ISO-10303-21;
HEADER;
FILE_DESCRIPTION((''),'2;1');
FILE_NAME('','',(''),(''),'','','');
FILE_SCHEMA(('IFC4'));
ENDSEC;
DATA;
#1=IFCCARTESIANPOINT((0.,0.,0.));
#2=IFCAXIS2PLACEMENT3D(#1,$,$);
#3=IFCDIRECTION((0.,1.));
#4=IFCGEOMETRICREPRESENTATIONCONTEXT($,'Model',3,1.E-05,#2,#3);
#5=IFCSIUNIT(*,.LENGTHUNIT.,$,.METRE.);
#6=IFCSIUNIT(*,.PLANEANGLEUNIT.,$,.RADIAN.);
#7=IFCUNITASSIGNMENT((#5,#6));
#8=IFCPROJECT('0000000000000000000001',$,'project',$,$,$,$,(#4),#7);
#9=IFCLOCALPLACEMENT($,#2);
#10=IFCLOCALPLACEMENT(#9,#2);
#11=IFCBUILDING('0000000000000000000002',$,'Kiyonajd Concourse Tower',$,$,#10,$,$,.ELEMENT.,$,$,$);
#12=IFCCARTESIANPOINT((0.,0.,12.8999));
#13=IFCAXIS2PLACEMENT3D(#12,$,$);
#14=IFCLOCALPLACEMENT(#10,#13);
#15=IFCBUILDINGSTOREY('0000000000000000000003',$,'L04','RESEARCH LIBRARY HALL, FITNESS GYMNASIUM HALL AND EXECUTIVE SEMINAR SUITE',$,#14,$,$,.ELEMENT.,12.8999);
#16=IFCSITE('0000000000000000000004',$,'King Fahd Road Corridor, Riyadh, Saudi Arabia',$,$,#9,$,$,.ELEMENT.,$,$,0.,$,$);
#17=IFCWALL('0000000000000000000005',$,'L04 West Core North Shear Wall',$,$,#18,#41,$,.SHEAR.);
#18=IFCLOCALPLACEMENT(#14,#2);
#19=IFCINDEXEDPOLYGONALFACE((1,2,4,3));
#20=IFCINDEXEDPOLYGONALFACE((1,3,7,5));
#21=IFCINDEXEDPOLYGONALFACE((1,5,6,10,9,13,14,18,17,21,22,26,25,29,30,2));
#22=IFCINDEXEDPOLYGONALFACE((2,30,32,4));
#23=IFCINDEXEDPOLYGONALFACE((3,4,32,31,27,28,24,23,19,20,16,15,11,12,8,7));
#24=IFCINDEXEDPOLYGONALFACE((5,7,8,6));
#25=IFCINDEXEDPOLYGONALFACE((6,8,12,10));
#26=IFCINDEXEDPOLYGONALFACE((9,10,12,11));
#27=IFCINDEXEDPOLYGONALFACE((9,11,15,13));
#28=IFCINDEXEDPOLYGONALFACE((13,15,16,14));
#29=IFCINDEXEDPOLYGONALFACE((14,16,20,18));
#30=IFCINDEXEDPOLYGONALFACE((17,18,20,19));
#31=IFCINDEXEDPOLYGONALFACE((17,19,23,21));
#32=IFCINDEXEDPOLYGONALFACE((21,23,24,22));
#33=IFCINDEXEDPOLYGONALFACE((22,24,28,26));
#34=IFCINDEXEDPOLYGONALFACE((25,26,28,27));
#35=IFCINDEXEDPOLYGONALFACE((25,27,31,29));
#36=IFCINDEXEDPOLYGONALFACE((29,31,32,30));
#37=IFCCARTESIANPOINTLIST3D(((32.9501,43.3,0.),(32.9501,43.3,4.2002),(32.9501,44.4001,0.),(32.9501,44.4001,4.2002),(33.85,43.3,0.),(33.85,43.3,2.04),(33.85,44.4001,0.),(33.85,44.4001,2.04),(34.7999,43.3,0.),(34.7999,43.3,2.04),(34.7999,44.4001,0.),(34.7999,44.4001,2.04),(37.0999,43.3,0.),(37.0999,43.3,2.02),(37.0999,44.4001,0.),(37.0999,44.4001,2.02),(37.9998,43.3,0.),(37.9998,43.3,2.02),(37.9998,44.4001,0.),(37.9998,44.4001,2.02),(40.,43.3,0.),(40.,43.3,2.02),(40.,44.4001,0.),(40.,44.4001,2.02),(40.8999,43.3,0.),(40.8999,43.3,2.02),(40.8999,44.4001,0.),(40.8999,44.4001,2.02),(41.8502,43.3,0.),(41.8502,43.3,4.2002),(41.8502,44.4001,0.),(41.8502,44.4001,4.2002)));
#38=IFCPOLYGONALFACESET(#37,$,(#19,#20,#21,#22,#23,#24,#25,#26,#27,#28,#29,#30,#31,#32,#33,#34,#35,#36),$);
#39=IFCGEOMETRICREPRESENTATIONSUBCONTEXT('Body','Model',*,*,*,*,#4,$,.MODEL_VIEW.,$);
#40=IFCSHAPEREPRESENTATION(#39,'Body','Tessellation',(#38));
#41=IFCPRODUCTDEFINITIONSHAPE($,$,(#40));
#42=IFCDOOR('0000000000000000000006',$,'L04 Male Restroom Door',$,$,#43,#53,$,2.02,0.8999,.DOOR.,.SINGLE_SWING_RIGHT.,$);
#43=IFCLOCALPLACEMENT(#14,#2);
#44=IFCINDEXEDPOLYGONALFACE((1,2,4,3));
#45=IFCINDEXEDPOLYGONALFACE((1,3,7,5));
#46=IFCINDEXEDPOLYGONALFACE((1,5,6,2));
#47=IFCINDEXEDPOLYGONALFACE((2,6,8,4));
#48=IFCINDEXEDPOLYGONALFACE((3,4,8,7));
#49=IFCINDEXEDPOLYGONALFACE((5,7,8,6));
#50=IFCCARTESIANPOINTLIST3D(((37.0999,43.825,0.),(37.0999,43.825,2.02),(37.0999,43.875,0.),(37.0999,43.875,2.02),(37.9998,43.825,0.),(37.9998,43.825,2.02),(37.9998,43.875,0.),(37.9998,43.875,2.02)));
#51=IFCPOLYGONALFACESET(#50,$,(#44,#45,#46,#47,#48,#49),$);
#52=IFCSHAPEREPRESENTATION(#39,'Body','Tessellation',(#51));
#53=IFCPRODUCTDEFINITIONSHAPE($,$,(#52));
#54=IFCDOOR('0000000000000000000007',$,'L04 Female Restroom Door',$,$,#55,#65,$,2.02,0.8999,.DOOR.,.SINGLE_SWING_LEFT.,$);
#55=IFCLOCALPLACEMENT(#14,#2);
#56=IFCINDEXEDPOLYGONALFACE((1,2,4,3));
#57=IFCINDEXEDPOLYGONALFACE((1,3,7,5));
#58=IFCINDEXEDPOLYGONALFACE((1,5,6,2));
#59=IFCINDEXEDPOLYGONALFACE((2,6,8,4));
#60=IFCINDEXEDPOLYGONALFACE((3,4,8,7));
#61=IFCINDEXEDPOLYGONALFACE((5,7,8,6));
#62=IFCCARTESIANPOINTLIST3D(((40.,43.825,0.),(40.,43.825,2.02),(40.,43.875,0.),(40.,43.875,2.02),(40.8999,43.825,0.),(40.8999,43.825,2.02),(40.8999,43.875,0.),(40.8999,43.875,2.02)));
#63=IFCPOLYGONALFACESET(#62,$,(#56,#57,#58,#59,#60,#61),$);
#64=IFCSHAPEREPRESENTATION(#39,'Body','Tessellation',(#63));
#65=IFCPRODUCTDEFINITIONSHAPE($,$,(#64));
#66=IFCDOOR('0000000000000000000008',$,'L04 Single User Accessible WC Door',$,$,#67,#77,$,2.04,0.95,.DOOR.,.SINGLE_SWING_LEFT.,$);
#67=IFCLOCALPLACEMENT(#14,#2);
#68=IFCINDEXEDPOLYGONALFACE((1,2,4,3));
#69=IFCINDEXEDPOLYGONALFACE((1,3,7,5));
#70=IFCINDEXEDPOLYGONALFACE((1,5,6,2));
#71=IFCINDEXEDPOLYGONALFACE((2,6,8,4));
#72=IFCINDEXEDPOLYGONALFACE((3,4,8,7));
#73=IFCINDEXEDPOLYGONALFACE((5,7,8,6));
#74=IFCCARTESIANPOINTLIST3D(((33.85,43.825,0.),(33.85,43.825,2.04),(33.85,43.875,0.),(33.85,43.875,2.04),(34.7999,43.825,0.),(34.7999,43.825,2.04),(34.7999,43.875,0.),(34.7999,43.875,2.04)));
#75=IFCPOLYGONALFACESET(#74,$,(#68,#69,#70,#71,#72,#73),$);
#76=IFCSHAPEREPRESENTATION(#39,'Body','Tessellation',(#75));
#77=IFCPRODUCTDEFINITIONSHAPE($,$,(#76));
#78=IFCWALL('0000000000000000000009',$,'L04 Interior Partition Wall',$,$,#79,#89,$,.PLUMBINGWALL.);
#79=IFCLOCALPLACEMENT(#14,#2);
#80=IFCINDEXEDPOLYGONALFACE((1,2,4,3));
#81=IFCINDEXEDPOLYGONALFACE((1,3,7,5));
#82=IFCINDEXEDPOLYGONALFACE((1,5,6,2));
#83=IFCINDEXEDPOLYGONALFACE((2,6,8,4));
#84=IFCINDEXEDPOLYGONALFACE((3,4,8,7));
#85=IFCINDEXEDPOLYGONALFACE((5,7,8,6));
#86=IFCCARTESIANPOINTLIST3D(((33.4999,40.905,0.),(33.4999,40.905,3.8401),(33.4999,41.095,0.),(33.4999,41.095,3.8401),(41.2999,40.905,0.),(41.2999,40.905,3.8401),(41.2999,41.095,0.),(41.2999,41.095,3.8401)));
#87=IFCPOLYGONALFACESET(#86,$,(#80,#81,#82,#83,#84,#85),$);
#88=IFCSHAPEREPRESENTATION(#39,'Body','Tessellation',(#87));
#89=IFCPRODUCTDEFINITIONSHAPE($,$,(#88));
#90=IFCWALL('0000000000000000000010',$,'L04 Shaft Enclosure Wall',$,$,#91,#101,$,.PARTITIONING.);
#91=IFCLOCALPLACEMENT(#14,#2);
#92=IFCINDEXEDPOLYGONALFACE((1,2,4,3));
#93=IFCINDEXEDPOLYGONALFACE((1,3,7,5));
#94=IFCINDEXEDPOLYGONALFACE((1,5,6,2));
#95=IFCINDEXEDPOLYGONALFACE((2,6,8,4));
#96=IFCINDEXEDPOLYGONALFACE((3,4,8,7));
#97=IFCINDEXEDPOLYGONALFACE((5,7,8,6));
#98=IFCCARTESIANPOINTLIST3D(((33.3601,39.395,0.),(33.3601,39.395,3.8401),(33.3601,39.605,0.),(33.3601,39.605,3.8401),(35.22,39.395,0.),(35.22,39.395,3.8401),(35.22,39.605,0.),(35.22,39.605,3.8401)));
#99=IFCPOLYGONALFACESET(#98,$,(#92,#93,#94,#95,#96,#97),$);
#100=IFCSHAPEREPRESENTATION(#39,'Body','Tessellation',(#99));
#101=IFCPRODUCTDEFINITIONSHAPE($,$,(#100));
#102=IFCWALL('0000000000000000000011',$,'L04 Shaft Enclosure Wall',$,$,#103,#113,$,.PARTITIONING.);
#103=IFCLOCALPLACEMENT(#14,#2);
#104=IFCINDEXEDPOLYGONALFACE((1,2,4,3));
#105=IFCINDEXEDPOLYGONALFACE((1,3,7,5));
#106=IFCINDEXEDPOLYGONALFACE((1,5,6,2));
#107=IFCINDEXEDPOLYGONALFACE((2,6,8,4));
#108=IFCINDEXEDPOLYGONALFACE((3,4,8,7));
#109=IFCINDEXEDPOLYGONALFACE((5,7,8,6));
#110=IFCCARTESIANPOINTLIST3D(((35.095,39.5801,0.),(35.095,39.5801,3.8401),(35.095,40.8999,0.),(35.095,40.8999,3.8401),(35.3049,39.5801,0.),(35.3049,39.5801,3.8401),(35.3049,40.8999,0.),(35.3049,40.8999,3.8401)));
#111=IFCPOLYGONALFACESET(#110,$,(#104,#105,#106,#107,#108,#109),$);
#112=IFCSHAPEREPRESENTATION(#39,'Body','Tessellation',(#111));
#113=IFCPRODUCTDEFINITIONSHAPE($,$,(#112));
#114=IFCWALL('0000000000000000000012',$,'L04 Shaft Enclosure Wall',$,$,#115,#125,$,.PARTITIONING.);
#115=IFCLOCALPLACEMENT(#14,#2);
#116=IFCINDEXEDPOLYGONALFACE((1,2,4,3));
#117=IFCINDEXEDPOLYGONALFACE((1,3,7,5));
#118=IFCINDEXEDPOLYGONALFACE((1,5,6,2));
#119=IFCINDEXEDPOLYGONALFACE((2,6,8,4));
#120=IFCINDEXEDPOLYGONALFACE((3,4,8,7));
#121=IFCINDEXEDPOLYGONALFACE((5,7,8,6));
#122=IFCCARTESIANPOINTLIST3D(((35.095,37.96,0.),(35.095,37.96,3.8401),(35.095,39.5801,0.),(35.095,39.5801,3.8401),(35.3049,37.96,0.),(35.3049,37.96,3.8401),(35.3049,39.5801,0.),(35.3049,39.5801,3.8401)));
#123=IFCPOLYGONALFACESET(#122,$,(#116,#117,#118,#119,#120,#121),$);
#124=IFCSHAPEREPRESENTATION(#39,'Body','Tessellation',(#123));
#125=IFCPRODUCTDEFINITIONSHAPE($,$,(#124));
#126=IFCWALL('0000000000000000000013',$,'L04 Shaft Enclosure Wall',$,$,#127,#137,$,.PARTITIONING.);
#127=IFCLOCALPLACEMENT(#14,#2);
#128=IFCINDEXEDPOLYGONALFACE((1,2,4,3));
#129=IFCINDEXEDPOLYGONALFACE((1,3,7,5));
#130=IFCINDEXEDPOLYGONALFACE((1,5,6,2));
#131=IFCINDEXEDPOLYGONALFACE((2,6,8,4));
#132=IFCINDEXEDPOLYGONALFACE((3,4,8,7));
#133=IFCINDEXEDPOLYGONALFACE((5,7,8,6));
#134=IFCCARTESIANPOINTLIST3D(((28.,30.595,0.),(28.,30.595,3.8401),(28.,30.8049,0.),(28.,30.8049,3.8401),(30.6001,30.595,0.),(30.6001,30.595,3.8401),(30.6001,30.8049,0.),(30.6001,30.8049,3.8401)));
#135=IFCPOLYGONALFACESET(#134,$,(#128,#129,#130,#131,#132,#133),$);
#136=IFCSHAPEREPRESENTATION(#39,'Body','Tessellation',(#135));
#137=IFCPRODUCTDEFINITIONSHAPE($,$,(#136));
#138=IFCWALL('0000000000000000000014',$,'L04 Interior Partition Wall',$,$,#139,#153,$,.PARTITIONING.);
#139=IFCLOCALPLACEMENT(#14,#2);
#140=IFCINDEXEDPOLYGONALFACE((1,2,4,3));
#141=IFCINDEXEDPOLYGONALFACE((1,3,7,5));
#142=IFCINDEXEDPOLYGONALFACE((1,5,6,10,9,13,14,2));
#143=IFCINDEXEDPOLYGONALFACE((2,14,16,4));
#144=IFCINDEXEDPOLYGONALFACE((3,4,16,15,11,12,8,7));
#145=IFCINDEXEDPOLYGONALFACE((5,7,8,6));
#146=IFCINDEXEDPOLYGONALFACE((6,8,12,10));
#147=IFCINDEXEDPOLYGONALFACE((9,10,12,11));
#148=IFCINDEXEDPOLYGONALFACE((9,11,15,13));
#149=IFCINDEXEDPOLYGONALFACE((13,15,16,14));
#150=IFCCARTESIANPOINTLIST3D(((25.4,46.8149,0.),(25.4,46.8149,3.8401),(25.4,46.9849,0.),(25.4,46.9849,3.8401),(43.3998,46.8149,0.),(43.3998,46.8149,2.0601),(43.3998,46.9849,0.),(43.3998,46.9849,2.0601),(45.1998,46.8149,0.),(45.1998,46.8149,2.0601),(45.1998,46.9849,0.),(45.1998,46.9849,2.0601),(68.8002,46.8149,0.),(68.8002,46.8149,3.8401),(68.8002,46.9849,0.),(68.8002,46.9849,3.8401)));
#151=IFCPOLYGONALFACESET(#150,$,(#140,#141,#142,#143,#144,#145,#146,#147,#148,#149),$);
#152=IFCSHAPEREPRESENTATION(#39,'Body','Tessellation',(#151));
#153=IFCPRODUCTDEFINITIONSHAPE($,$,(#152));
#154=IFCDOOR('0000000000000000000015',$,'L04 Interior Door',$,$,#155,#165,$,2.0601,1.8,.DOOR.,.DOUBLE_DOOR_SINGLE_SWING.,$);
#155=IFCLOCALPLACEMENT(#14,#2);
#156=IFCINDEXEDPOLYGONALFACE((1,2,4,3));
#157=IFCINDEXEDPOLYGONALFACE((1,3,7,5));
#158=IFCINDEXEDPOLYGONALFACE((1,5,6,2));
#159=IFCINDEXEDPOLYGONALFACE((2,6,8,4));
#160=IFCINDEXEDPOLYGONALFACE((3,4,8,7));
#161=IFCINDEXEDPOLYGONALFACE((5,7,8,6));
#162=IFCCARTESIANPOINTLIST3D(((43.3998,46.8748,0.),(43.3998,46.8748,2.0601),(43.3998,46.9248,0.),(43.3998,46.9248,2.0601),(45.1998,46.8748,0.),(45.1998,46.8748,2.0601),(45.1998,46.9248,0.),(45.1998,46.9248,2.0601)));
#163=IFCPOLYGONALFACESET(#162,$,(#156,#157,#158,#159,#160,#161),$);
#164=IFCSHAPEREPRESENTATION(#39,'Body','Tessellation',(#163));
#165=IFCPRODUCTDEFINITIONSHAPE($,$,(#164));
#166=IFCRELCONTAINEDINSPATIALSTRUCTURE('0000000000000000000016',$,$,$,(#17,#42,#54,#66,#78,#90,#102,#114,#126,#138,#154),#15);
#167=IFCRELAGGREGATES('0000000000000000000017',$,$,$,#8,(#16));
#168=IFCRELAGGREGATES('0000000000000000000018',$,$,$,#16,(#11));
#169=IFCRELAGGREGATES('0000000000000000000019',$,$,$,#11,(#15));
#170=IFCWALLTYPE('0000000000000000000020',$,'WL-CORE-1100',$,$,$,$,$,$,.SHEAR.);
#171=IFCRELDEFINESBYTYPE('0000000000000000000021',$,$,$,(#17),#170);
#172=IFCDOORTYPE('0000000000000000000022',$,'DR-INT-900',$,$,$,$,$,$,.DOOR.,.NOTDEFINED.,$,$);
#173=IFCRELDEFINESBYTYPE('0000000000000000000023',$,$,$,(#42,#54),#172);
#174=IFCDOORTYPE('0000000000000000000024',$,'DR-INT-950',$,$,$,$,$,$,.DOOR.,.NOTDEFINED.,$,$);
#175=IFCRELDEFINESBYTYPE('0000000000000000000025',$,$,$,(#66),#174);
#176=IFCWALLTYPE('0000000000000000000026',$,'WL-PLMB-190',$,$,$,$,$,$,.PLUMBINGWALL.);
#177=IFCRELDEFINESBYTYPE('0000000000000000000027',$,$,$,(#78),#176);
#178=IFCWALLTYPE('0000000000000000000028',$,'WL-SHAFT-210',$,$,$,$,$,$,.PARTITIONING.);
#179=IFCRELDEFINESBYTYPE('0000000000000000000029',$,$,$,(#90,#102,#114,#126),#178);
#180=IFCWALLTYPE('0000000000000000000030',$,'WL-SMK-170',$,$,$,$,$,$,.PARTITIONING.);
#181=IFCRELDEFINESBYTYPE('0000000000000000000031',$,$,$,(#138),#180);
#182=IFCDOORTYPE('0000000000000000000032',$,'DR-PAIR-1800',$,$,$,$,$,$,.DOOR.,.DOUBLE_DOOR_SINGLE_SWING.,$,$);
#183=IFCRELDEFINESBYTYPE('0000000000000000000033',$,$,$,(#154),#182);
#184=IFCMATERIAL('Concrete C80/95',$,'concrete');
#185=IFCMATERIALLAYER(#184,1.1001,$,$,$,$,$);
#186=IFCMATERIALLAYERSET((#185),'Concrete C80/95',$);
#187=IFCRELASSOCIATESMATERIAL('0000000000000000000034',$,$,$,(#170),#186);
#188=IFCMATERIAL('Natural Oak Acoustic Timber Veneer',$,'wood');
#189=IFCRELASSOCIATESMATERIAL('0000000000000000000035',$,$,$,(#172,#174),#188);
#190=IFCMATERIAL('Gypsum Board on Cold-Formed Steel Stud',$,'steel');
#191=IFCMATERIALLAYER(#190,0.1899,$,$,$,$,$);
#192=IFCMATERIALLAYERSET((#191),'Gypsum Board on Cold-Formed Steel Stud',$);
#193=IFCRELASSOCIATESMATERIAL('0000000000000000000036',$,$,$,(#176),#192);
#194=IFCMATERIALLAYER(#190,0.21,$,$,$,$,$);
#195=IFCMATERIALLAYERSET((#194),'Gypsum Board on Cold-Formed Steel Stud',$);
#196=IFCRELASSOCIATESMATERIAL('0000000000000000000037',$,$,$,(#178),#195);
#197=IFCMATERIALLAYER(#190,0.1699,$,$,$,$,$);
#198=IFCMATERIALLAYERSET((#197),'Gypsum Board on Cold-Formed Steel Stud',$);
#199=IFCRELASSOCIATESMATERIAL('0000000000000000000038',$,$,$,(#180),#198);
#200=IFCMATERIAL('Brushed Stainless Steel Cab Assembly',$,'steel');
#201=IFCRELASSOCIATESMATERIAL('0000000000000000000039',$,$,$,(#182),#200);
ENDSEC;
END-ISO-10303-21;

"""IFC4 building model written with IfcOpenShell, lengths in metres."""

from ifc_helpers import new_model, si_unit, direction, frame, frame_2d, origin, place, context, subcontext, project, spatial, rectangle, extrude, material, layer, layer_set, type_object, element, fill, save


model = new_model("IFC4")

# Units and contexts
model_context = context("Model", 3, precision=1e-05, world=origin(), true_north=direction((0.0, 1.0)))
body_context = subcontext(model_context, "Body", "Model", "MODEL_VIEW")
ifc_project = project(units=[si_unit("LENGTHUNIT", "METRE"), si_unit("PLANEANGLEUNIT", "RADIAN")], contexts=[model_context])

# Site, building, storey
site_placement = place(None, origin())
site = spatial("IfcSite", under=ifc_project, at=site_placement, Name="King Fahd Road Corridor, Riyadh, Saudi Arabia", CompositionType="ELEMENT", RefElevation=0.0)
building_placement = place(site_placement, origin())
building = spatial("IfcBuilding", under=site, at=building_placement, Name="Kiyonajd Concourse Tower", CompositionType="ELEMENT")
storey_placement = place(building_placement, frame((0.0, 0.0, 12.8999)))
storey = spatial("IfcBuildingStorey", under=building, at=storey_placement, Name="L04", Description="RESEARCH LIBRARY HALL, FITNESS GYMNASIUM HALL AND EXECUTIVE SEMINAR SUITE", CompositionType="ELEMENT", Elevation=12.8999)

# Shared definitions
ifc_material_1 = material(Name="Concrete C80/95", Category="concrete")

# Wall, openings, doors
ifc_layer_1 = layer(ifc_material_1, 1.1001)
ifc_layer_set_1 = layer_set([ifc_layer_1], Name="Concrete C80/95")
wall_type_1 = type_object("IfcWallType", Name="WL-CORE-1100", PredefinedType="SHEAR", material=ifc_layer_set_1)
wall_1_placement = place(storey_placement, frame((32.95, 43.8501, 0.0), z_axis=(0.0, 0.0, 1.0), x_axis=(1.0, 0.0, 0.0)))
wall_1 = element("IfcWall", 1, at=wall_1_placement, inside=storey, type_object=wall_type_1, Name="L04 West Core North Shear Wall", PredefinedType="SHEAR", context=body_context, shape_type="SweptSolid", body=[
    extrude(rectangle(XDim=8.9001, YDim=1.1001, at=frame_2d((4.4502, 0.0))), origin(), (0.0, 0.0, 1.0), 4.2002),
])
opening_1_placement = place(wall_1_placement, frame((0.8999, 0.0, 0.0)))
opening_1 = element("IfcOpeningElement", 2, at=opening_1_placement, cuts=wall_1, PredefinedType="OPENING", context=body_context, shape_type="SweptSolid", body=[
    extrude(rectangle(XDim=0.95, YDim=2.04, at=frame_2d((0.4751, 1.02))), frame((0.0, 0.5601, 0.0), z_axis=(0.0, -1.0, 0.0), x_axis=(1.0, 0.0, 0.0)), (0.0, 0.0, 1.0), 1.1201),
])
opening_2_placement = place(wall_1_placement, frame((4.1499, 0.0, 0.0)))
opening_2 = element("IfcOpeningElement", 3, at=opening_2_placement, cuts=wall_1, PredefinedType="OPENING", context=body_context, shape_type="SweptSolid", body=[
    extrude(rectangle(XDim=0.8999, YDim=2.02, at=frame_2d((0.45, 1.01))), frame((0.0, 0.5601, 0.0), z_axis=(0.0, -1.0, 0.0), x_axis=(1.0, 0.0, 0.0)), (0.0, 0.0, 1.0), 1.1201),
])
opening_3_placement = place(wall_1_placement, frame((7.05, 0.0, 0.0)))
opening_3 = element("IfcOpeningElement", 4, at=opening_3_placement, cuts=wall_1, PredefinedType="OPENING", context=body_context, shape_type="SweptSolid", body=[
    extrude(rectangle(XDim=0.8999, YDim=2.02, at=frame_2d((0.45, 1.01))), frame((0.0, 0.5601, 0.0), z_axis=(0.0, -1.0, 0.0), x_axis=(1.0, 0.0, 0.0)), (0.0, 0.0, 1.0), 1.1201),
])
ifc_material_2 = material(Name="Natural Oak Acoustic Timber Veneer", Category="wood")
door_type_1 = type_object("IfcDoorType", Name="DR-INT-900", OperationType="NOTDEFINED", PredefinedType="DOOR", material=ifc_material_2)
door_1_placement = place(opening_2_placement, origin())
door_1 = element("IfcDoor", 5, at=door_1_placement, inside=storey, type_object=door_type_1, Name="L04 Male Restroom Door", OperationType="SINGLE_SWING_RIGHT", OverallHeight=2.02, OverallWidth=0.8999, PredefinedType="DOOR", context=body_context, shape_type="SweptSolid", body=[
    extrude(rectangle(XDim=0.8999, YDim=2.02, at=frame_2d((0.45, 1.01))), frame((0.0, 0.0249, 0.0), z_axis=(0.0, -1.0, 0.0), x_axis=(1.0, 0.0, 0.0)), (0.0, 0.0, 1.0), 0.05),
])
fill(opening_2, door_1)
door_2_placement = place(opening_3_placement, origin())
door_2 = element("IfcDoor", 6, at=door_2_placement, inside=storey, type_object=door_type_1, Name="L04 Female Restroom Door", OperationType="SINGLE_SWING_LEFT", OverallHeight=2.02, OverallWidth=0.8999, PredefinedType="DOOR", context=body_context, shape_type="SweptSolid", body=[
    extrude(rectangle(XDim=0.8999, YDim=2.02, at=frame_2d((0.45, 1.01))), frame((0.0, 0.0249, 0.0), z_axis=(0.0, -1.0, 0.0), x_axis=(1.0, 0.0, 0.0)), (0.0, 0.0, 1.0), 0.05),
])
fill(opening_3, door_2)
door_type_2 = type_object("IfcDoorType", Name="DR-INT-950", OperationType="NOTDEFINED", PredefinedType="DOOR", material=ifc_material_2)
door_3_placement = place(opening_1_placement, origin())
door_3 = element("IfcDoor", 7, at=door_3_placement, inside=storey, type_object=door_type_2, Name="L04 Single User Accessible WC Door", OperationType="SINGLE_SWING_LEFT", OverallHeight=2.04, OverallWidth=0.95, PredefinedType="DOOR", context=body_context, shape_type="SweptSolid", body=[
    extrude(rectangle(XDim=0.95, YDim=2.04, at=frame_2d((0.4751, 1.02))), frame((0.0, 0.0249, 0.0), z_axis=(0.0, -1.0, 0.0), x_axis=(1.0, 0.0, 0.0)), (0.0, 0.0, 1.0), 0.05),
])
fill(opening_1, door_3)

# Walls
ifc_material_3 = material(Name="Gypsum Board on Cold-Formed Steel Stud", Category="steel")
ifc_layer_2 = layer(ifc_material_3, 0.1899)
ifc_layer_set_2 = layer_set([ifc_layer_2], Name="Gypsum Board on Cold-Formed Steel Stud")
wall_type_2 = type_object("IfcWallType", Name="WL-PLMB-190", PredefinedType="PLUMBINGWALL", material=ifc_layer_set_2)
wall_2_placement = place(storey_placement, frame((33.5, 41.0, 0.0), z_axis=(0.0, 0.0, 1.0), x_axis=(1.0, 0.0, 0.0)))
element("IfcWall", 8, at=wall_2_placement, inside=storey, type_object=wall_type_2, Name="L04 Interior Partition Wall", PredefinedType="PLUMBINGWALL", context=body_context, shape_type="SweptSolid", body=[
    extrude(rectangle(XDim=7.8, YDim=0.1899, at=frame_2d((3.8999, 0.0))), origin(), (0.0, 0.0, 1.0), 3.8401),
])
ifc_layer_3 = layer(ifc_material_3, 0.21)
ifc_layer_set_3 = layer_set([ifc_layer_3], Name="Gypsum Board on Cold-Formed Steel Stud")
wall_type_3 = type_object("IfcWallType", Name="WL-SHAFT-210", PredefinedType="PARTITIONING", material=ifc_layer_set_3)
wall_3_placement = place(storey_placement, frame((33.3601, 39.5, 0.0), z_axis=(0.0, 0.0, 1.0), x_axis=(1.0, 0.0, 0.0)))
element("IfcWall", 9, at=wall_3_placement, inside=storey, type_object=wall_type_3, Name="L04 Shaft Enclosure Wall", PredefinedType="PARTITIONING", context=body_context, shape_type="SweptSolid", body=[
    extrude(rectangle(XDim=1.8599, YDim=0.21, at=frame_2d((0.9299, 0.0))), origin(), (0.0, 0.0, 1.0), 3.8401),
])
wall_4_placement = place(storey_placement, frame((35.2, 39.5801, 0.0), z_axis=(0.0, 0.0, 1.0), x_axis=(0.0, 1.0, 0.0)))
element("IfcWall", 10, at=wall_4_placement, inside=storey, type_object=wall_type_3, Name="L04 Shaft Enclosure Wall", PredefinedType="PARTITIONING", context=body_context, shape_type="SweptSolid", body=[
    extrude(rectangle(XDim=1.3198, YDim=0.21, at=frame_2d((0.6599, 0.0))), origin(), (0.0, 0.0, 1.0), 3.8401),
])
wall_5_placement = place(storey_placement, frame((35.2, 37.96, 0.0), z_axis=(0.0, 0.0, 1.0), x_axis=(0.0, 1.0, 0.0)))
element("IfcWall", 11, at=wall_5_placement, inside=storey, type_object=wall_type_3, Name="L04 Shaft Enclosure Wall", PredefinedType="PARTITIONING", context=body_context, shape_type="SweptSolid", body=[
    extrude(rectangle(XDim=1.6201, YDim=0.21, at=frame_2d((0.8101, 0.0))), origin(), (0.0, 0.0, 1.0), 3.8401),
])
wall_6_placement = place(storey_placement, frame((28.0, 30.7, 0.0), z_axis=(0.0, 0.0, 1.0), x_axis=(1.0, 0.0, 0.0)))
element("IfcWall", 12, at=wall_6_placement, inside=storey, type_object=wall_type_3, Name="L04 Shaft Enclosure Wall", PredefinedType="PARTITIONING", context=body_context, shape_type="SweptSolid", body=[
    extrude(rectangle(XDim=2.6001, YDim=0.21, at=frame_2d((1.3, 0.0))), origin(), (0.0, 0.0, 1.0), 3.8401),
])

# Wall, opening, door
ifc_layer_4 = layer(ifc_material_3, 0.1699)
ifc_layer_set_4 = layer_set([ifc_layer_4], Name="Gypsum Board on Cold-Formed Steel Stud")
wall_type_4 = type_object("IfcWallType", Name="WL-SMK-170", PredefinedType="PARTITIONING", material=ifc_layer_set_4)
wall_7_placement = place(storey_placement, frame((25.3999, 46.8999, 0.0), z_axis=(0.0, 0.0, 1.0), x_axis=(1.0, 0.0, 0.0)))
wall_7 = element("IfcWall", 13, at=wall_7_placement, inside=storey, type_object=wall_type_4, Name="L04 Interior Partition Wall", PredefinedType="PARTITIONING", context=body_context, shape_type="SweptSolid", body=[
    extrude(rectangle(XDim=43.4001, YDim=0.1699, at=frame_2d((21.7002, 0.0))), origin(), (0.0, 0.0, 1.0), 3.8401),
])
opening_4_placement = place(wall_7_placement, frame((18.0, 0.0, 0.0)))
opening_4 = element("IfcOpeningElement", 14, at=opening_4_placement, cuts=wall_7, PredefinedType="OPENING", context=body_context, shape_type="SweptSolid", body=[
    extrude(rectangle(XDim=1.8, YDim=2.0601, at=frame_2d((0.8999, 1.03))), frame((0.0, 0.095, 0.0), z_axis=(0.0, -1.0, 0.0), x_axis=(1.0, 0.0, 0.0)), (0.0, 0.0, 1.0), 0.1899),
])
ifc_material_4 = material(Name="Brushed Stainless Steel Cab Assembly", Category="steel")
door_type_3 = type_object("IfcDoorType", Name="DR-PAIR-1800", OperationType="DOUBLE_DOOR_SINGLE_SWING", PredefinedType="DOOR", material=ifc_material_4)
door_4_placement = place(opening_4_placement, origin())
door_4 = element("IfcDoor", 15, at=door_4_placement, inside=storey, type_object=door_type_3, Name="L04 Interior Door", OperationType="DOUBLE_DOOR_SINGLE_SWING", OverallHeight=2.0601, OverallWidth=1.8, PredefinedType="DOOR", context=body_context, shape_type="SweptSolid", body=[
    extrude(rectangle(XDim=1.8, YDim=2.0601, at=frame_2d((0.8999, 1.03))), frame((0.0, 0.0249, 0.0), z_axis=(0.0, -1.0, 0.0), x_axis=(1.0, 0.0, 0.0)), (0.0, 0.0, 1.0), 0.05),
])
fill(opening_4, door_4)

save(model, "model.ifc")
